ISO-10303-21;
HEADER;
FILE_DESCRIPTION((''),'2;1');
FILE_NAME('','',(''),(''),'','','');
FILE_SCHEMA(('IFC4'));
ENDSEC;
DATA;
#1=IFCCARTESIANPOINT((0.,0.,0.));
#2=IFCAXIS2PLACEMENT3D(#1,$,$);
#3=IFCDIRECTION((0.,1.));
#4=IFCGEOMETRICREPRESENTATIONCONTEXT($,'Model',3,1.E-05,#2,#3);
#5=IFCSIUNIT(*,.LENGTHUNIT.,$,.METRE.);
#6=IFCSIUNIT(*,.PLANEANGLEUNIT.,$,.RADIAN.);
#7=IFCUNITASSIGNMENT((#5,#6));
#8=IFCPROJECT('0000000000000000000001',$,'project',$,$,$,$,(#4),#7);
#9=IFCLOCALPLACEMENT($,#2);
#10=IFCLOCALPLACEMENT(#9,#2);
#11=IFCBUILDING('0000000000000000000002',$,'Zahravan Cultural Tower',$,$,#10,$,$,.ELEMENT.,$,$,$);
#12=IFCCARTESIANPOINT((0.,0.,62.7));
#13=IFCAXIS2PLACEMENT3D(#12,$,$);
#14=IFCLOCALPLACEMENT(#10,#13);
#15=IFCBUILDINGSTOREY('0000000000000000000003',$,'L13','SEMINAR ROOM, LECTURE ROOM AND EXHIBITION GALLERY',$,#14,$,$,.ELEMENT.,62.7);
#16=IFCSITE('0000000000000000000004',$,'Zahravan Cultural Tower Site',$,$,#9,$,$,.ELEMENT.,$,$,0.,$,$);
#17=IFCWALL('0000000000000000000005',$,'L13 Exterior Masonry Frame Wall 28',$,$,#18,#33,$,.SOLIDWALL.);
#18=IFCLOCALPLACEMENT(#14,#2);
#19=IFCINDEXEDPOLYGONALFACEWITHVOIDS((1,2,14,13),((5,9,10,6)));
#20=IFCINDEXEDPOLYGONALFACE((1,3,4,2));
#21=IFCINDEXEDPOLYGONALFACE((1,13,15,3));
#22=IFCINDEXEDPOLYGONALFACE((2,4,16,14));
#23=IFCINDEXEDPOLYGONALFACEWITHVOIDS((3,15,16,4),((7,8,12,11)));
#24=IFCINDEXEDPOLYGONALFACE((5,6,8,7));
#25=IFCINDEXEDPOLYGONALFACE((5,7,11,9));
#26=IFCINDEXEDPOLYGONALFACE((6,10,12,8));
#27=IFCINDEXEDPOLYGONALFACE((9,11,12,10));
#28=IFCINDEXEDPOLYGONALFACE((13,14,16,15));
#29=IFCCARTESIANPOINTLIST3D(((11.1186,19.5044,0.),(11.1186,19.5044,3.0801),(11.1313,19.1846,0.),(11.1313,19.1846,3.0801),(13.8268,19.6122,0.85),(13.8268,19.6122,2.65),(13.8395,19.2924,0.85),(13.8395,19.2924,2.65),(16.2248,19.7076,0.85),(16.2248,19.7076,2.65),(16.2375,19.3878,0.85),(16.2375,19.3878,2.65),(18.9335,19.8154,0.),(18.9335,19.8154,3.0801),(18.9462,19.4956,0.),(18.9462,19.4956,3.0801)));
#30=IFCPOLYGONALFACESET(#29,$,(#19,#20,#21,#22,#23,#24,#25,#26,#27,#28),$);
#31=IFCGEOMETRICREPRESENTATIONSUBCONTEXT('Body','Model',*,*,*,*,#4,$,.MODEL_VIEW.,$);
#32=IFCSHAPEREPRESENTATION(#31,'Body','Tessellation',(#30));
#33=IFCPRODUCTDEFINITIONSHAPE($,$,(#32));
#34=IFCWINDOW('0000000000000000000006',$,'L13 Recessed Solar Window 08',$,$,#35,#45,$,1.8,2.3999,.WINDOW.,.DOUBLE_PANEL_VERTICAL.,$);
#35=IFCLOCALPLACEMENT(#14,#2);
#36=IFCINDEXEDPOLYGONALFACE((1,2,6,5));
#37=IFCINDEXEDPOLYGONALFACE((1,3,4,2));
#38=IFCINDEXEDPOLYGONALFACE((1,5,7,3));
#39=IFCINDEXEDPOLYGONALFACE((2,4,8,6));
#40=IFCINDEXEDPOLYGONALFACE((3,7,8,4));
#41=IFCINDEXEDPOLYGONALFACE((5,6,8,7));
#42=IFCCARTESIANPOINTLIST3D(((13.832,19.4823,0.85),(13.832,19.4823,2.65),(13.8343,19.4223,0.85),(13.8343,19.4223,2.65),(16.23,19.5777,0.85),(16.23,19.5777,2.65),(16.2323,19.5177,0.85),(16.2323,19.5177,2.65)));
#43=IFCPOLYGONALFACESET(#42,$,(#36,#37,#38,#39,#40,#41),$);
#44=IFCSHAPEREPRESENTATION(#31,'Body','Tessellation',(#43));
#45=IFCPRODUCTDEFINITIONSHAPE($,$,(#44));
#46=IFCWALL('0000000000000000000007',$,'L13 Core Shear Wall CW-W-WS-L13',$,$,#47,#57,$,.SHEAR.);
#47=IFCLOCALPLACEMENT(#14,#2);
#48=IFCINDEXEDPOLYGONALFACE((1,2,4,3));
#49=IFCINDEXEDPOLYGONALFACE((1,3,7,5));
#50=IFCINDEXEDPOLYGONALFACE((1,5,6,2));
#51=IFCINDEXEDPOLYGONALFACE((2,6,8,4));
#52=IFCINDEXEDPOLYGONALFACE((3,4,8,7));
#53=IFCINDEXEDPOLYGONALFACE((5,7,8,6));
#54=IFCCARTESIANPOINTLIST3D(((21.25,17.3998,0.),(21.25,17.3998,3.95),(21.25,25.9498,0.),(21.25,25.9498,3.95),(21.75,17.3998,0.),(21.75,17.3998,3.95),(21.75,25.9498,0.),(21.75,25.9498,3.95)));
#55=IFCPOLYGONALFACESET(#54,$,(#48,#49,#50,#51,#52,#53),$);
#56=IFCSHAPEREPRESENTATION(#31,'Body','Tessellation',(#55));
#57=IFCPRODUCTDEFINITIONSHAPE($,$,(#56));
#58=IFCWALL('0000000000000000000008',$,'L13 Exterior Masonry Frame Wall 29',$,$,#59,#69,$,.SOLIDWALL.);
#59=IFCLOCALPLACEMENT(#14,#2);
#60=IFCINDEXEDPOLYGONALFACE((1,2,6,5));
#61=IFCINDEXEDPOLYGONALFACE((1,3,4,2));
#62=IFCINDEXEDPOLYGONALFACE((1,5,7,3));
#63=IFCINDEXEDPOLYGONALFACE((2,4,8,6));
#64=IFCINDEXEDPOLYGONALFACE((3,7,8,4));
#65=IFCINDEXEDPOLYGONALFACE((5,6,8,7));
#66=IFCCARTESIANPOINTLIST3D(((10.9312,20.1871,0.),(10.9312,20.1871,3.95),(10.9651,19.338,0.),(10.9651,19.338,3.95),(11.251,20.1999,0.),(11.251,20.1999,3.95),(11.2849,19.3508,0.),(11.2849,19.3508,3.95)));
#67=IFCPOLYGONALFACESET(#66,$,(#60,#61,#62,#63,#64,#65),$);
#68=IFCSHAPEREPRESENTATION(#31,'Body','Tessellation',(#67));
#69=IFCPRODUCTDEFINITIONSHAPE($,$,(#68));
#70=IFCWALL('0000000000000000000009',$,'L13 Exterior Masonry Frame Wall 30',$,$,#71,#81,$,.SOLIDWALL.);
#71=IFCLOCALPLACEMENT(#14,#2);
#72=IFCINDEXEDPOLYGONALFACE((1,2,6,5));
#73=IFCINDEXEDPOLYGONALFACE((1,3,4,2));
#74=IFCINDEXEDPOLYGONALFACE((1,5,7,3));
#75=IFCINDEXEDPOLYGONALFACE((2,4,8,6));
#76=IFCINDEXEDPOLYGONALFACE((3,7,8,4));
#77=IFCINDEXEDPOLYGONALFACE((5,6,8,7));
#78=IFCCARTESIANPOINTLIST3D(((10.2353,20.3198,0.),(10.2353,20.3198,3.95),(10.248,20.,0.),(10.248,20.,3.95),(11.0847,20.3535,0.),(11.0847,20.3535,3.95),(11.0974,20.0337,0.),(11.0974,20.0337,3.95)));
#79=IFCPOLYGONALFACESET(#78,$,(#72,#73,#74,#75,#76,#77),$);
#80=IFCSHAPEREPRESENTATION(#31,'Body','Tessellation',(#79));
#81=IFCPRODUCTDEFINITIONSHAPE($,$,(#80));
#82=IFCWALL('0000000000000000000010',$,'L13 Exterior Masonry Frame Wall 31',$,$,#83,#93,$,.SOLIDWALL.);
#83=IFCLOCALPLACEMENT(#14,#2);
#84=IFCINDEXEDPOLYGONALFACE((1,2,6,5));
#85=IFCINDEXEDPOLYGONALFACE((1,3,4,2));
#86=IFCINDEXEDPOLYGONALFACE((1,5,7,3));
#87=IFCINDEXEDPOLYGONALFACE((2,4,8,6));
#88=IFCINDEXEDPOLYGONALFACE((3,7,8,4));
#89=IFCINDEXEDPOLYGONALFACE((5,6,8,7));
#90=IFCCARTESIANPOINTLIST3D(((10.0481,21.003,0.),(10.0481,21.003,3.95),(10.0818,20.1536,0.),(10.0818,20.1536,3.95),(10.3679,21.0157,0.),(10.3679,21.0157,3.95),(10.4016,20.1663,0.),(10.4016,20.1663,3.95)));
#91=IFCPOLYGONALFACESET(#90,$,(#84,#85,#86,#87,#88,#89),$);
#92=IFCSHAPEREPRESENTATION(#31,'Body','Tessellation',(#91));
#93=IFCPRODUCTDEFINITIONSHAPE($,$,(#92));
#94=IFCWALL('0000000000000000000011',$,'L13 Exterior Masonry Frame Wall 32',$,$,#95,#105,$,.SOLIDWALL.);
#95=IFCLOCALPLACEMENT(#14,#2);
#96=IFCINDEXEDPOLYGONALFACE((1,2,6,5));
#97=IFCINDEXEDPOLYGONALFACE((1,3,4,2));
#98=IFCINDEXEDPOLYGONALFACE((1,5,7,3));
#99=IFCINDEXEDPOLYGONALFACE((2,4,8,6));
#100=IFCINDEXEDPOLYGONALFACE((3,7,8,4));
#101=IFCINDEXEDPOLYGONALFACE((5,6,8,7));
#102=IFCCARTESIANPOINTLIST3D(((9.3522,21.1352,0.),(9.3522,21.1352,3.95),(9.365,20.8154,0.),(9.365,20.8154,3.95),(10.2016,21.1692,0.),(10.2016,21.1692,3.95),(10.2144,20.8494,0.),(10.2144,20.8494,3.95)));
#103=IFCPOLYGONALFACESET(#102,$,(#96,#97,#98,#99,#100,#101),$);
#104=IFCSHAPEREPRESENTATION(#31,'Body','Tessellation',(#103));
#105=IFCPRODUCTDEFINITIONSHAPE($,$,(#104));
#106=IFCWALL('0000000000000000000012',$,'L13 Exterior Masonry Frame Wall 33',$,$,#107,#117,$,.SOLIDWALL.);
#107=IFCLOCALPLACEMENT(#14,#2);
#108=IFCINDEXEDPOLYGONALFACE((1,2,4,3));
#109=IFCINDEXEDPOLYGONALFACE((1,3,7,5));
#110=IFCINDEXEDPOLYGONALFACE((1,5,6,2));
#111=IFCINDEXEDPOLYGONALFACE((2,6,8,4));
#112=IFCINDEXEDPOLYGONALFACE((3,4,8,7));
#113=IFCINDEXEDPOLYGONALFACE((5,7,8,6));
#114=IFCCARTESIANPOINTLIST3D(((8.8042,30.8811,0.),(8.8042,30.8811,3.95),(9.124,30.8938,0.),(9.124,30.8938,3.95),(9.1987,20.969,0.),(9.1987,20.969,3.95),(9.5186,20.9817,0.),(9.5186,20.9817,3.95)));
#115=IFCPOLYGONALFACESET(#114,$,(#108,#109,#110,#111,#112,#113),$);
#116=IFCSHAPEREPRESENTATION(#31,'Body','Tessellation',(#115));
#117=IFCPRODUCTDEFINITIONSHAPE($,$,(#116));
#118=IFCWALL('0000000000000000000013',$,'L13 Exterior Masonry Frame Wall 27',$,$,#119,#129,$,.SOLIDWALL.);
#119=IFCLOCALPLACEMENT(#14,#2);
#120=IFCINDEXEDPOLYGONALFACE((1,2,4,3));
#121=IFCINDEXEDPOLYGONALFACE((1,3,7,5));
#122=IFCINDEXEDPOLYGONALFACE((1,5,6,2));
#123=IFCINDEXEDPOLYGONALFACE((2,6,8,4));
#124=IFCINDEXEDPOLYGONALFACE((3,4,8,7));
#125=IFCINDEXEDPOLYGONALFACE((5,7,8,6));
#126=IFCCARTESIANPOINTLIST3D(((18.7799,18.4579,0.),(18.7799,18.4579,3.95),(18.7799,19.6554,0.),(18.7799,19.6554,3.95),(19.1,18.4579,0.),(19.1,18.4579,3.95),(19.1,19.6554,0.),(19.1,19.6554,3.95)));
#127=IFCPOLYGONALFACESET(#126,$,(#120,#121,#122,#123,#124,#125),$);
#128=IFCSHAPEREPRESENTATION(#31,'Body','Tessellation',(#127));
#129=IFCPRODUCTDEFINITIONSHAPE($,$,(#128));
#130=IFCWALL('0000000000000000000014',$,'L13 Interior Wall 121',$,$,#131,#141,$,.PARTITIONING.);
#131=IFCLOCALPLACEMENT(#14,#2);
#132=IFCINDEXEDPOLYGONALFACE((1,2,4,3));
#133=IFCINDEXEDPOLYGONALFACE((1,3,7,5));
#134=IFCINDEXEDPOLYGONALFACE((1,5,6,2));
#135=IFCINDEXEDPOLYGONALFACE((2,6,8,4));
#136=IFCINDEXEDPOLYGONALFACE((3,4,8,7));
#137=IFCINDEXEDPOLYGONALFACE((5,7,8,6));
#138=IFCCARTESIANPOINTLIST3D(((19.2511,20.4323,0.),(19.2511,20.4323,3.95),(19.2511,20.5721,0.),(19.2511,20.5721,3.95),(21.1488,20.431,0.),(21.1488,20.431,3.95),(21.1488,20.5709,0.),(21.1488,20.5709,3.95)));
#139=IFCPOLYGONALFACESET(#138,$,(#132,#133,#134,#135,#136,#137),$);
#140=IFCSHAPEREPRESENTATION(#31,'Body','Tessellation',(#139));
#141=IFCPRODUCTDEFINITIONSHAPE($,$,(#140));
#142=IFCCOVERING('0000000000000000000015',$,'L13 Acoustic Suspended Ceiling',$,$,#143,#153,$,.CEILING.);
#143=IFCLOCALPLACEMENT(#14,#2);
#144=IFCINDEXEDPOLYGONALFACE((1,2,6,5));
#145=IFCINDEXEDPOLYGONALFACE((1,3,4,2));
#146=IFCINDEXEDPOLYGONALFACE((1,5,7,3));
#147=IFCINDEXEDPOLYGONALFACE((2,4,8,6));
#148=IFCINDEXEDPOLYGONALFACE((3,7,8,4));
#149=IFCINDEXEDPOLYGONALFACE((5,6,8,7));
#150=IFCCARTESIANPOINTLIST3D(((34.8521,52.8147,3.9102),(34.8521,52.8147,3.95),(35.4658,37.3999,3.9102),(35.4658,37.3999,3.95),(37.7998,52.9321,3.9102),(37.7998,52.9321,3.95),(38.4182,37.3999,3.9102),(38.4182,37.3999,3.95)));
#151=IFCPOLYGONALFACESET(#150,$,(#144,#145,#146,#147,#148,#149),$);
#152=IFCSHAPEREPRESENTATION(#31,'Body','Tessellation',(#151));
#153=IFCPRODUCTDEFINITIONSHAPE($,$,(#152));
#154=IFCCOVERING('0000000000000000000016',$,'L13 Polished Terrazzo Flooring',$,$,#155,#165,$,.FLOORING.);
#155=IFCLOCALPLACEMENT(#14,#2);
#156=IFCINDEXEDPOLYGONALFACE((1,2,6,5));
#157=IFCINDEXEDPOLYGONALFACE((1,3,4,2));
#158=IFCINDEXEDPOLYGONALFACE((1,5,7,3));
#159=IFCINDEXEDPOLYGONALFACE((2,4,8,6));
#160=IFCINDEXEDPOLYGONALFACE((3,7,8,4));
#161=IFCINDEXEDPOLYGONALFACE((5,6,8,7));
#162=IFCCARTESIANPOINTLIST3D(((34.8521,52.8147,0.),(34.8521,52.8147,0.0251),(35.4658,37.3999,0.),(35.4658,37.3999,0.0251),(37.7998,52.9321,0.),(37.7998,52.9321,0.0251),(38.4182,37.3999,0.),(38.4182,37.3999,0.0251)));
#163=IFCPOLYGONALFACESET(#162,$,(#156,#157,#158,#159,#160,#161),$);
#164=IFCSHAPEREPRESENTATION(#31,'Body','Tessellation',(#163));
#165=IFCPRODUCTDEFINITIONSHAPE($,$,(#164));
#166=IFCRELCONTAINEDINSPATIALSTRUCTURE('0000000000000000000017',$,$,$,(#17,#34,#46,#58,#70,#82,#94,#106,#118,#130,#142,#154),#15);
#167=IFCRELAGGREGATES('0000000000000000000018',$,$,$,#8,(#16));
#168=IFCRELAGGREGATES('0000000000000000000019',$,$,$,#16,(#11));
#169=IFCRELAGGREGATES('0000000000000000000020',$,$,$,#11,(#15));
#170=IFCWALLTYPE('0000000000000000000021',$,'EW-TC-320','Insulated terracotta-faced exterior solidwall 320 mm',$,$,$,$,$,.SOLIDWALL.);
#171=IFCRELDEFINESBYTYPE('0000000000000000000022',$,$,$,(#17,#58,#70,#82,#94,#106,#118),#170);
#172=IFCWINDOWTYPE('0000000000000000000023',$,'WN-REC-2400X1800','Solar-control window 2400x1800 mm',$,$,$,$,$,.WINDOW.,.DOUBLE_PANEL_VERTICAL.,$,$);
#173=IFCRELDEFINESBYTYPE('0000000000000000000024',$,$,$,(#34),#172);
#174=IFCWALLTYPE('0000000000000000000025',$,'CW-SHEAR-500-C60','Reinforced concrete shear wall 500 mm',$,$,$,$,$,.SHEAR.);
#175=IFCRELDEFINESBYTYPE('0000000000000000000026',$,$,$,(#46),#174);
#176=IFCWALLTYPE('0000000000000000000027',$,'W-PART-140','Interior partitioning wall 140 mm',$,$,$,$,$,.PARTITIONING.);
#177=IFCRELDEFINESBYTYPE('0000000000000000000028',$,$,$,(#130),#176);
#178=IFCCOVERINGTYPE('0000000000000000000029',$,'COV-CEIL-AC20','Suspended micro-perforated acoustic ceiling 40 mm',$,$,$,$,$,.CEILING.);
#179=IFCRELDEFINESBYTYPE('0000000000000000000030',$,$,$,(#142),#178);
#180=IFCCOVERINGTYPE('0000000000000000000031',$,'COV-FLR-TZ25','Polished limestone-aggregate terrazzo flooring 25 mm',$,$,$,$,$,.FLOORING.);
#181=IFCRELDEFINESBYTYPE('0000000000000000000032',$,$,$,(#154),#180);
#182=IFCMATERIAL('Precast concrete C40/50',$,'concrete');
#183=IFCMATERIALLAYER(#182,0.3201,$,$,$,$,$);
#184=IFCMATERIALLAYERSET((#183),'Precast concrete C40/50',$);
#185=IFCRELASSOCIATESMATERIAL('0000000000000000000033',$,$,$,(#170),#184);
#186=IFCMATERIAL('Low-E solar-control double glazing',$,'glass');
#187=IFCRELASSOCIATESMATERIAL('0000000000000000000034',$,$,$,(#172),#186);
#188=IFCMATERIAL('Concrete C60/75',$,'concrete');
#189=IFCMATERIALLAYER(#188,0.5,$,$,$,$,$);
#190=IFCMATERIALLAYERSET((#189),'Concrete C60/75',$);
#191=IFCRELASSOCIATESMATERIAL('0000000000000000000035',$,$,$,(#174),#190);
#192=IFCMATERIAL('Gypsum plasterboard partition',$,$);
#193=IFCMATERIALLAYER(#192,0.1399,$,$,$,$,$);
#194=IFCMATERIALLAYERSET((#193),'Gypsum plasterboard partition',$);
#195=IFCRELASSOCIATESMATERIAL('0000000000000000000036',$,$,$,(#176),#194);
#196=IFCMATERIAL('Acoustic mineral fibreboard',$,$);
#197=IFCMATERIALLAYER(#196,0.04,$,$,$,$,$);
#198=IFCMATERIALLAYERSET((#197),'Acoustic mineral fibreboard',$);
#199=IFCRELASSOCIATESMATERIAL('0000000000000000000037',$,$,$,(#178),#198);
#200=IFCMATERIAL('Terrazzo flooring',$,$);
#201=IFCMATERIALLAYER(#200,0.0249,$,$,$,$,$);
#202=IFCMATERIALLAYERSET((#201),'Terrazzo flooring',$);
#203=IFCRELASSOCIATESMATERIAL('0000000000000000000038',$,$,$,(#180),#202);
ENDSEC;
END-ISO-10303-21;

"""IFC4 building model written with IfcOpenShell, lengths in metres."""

from ifc_helpers import new_model, si_unit, direction, frame, frame_2d, origin, place, context, subcontext, project, spatial, polyline, rectangle, outline, extrude, source, transform, mapped, material, layer, layer_set, type_object, element, fill, save


model = new_model("IFC4")

# Units and contexts
model_context = context("Model", 3, precision=1e-05, world=origin(), true_north=direction((0.0, 1.0)))
body_context = subcontext(model_context, "Body", "Model", "MODEL_VIEW")
ifc_project = project(units=[si_unit("LENGTHUNIT", "METRE"), si_unit("PLANEANGLEUNIT", "RADIAN")], contexts=[model_context])

# Site, building, storey
site_placement = place(None, origin())
site = spatial("IfcSite", under=ifc_project, at=site_placement, Name="Zahravan Cultural Tower Site", CompositionType="ELEMENT", RefElevation=0.0)
building_placement = place(site_placement, origin())
building = spatial("IfcBuilding", under=site, at=building_placement, Name="Zahravan Cultural Tower", CompositionType="ELEMENT")
storey_placement = place(building_placement, frame((0.0, 0.0, 62.7)))
storey = spatial("IfcBuildingStorey", under=building, at=storey_placement, Name="L13", Description="SEMINAR ROOM, LECTURE ROOM AND EXHIBITION GALLERY", CompositionType="ELEMENT", Elevation=62.7)

# Shared definitions
ifc_material_1 = material(Name="Concrete C60/75", Category="concrete")

# Wall, opening, window
ifc_material_2 = material(Name="Precast concrete C40/50", Category="concrete")
ifc_layer_1 = layer(ifc_material_2, 0.3201)
ifc_layer_set_1 = layer_set([ifc_layer_1], Name="Precast concrete C40/50")
wall_type_1 = type_object("IfcWallType", Name="EW-TC-320", Description="Insulated terracotta-faced exterior solidwall 320 mm", PredefinedType="SOLIDWALL", material=ifc_layer_set_1)
wall_1_placement = place(storey_placement, frame((18.9399, 19.6555, 0.0), z_axis=(0.0, 0.0, 1.0), x_axis=(-0.999209, -0.039769, 0.0)))
wall_1 = element("IfcWall", 1, at=wall_1_placement, inside=storey, type_object=wall_type_1, Name="L13 Exterior Masonry Frame Wall 28", PredefinedType="SOLIDWALL", context=body_context, shape_type="SweptSolid", body=[
    extrude(rectangle(XDim=7.821, YDim=0.3201, at=frame_2d((3.9106, 0.0))), origin(), (0.0, 0.0, 1.0), 3.0801),
])
opening_placement = place(wall_1_placement, frame((2.7109, 0.0, 0.8501)))
opening = element("IfcOpeningElement", 2, at=opening_placement, cuts=wall_1, PredefinedType="OPENING", context=body_context, shape_type="SweptSolid", body=[
    extrude(rectangle(XDim=2.3999, YDim=1.8, at=frame_2d((1.2, 0.8999))), frame((0.0, 0.1699, 0.0), z_axis=(0.0, -1.0, 0.0), x_axis=(1.0, 0.0, 0.0)), (0.0, 0.0, 1.0), 0.3401),
])
ifc_material_3 = material(Name="Low-E solar-control double glazing", Category="glass")
window_type = type_object("IfcWindowType", Name="WN-REC-2400X1800", Description="Solar-control window 2400x1800 mm", PartitioningType="DOUBLE_PANEL_VERTICAL", PredefinedType="WINDOW", material=ifc_material_3)
shared_shape_1 = source(origin(), body_context, "Body", "SweptSolid", [
    extrude(rectangle(XDim=2.3999, YDim=1.8, at=frame_2d((1.2, 0.8999))), frame((0.0, 0.03, 0.0), z_axis=(0.0, -1.0, 0.0), x_axis=(1.0, 0.0, 0.0)), (0.0, 0.0, 1.0), 0.0601),
])
window_placement = place(opening_placement, origin())
window = element("IfcWindow", 3, at=window_placement, inside=storey, type_object=window_type, Name="L13 Recessed Solar Window 08", OverallHeight=1.8, OverallWidth=2.3999, PartitioningType="DOUBLE_PANEL_VERTICAL", PredefinedType="WINDOW", context=body_context, shape_type="MappedRepresentation", body=[
    mapped(shared_shape_1, transform((0.0, 0.0, 0.0), x_axis=(1.0, 0.0, 0.0), y_axis=(0.0, 1.0, 0.0), z_axis=(0.0, 0.0, 1.0), scale=1.0)),
])
fill(opening, window)

# Walls
ifc_layer_2 = layer(ifc_material_1, 0.5)
ifc_layer_set_2 = layer_set([ifc_layer_2], Name="Concrete C60/75")
wall_type_2 = type_object("IfcWallType", Name="CW-SHEAR-500-C60", Description="Reinforced concrete shear wall 500 mm", PredefinedType="SHEAR", material=ifc_layer_set_2)
shared_shape_2 = source(origin(), body_context, "Body", "SweptSolid", [
    extrude(rectangle(XDim=8.55, YDim=0.5, at=frame_2d((4.2749, 0.0))), origin(), (0.0, 0.0, 1.0), 3.95),
])
wall_2_placement = place(storey_placement, frame((21.5, 17.3999, 0.0), z_axis=(0.0, 0.0, 1.0), x_axis=(0.0, 1.0, 0.0)))
element("IfcWall", 4, at=wall_2_placement, inside=storey, type_object=wall_type_2, Name="L13 Core Shear Wall CW-W-WS-L13", PredefinedType="SHEAR", context=body_context, shape_type="MappedRepresentation", body=[
    mapped(shared_shape_2, transform((0.0, 0.0, 0.0), x_axis=(1.0, 0.0, 0.0), y_axis=(0.0, 1.0, 0.0), z_axis=(0.0, 0.0, 1.0), scale=1.0)),
])
shared_shape_3 = source(origin(), body_context, "Body", "SweptSolid", [
    extrude(rectangle(XDim=0.8499, YDim=0.3201, at=frame_2d((0.4248, 0.0))), origin(), (0.0, 0.0, 1.0), 3.95),
])
wall_3_placement = place(storey_placement, frame((11.125, 19.3445, 0.0), z_axis=(0.0, 0.0, 1.0), x_axis=(-0.039934, 0.999202, 0.0)))
element("IfcWall", 5, at=wall_3_placement, inside=storey, type_object=wall_type_1, Name="L13 Exterior Masonry Frame Wall 29", PredefinedType="SOLIDWALL", context=body_context, shape_type="MappedRepresentation", body=[
    mapped(shared_shape_3, transform((0.0, 0.0, 0.0), x_axis=(1.0, 0.0, 0.0), y_axis=(0.0, 1.0, 0.0), z_axis=(0.0, 0.0, 1.0), scale=1.0)),
])
shared_shape_4 = source(origin(), body_context, "Body", "SweptSolid", [
    extrude(rectangle(XDim=0.8501, YDim=0.3201, at=frame_2d((0.425, 0.0))), origin(), (0.0, 0.0, 1.0), 3.95),
])
for number, where, z_axis, x_axis, name in (
    (6, (11.0911, 20.1936, 0.0), (0.0, 0.0, 1.0), (-0.999214, -0.039635, 0.0), "L13 Exterior Masonry Frame Wall 30"),
    (7, (10.2417, 20.1599, 0.0), (0.0, 0.0, 1.0), (-0.039635, 0.999214, 0.0), "L13 Exterior Masonry Frame Wall 31"),
    (8, (10.208, 21.0093, 0.0), (0.0, 0.0, 1.0), (-0.999203, -0.039922, 0.0), "L13 Exterior Masonry Frame Wall 32"),
):
    element("IfcWall", number, at=place(storey_placement, frame(where, z_axis=z_axis, x_axis=x_axis)), inside=storey, type_object=wall_type_1, Name=name, PredefinedType="SOLIDWALL", context=body_context, shape_type="MappedRepresentation", body=[
        mapped(shared_shape_4, transform((0.0, 0.0, 0.0), x_axis=(1.0, 0.0, 0.0), y_axis=(0.0, 1.0, 0.0), z_axis=(0.0, 0.0, 1.0), scale=1.0)),
    ])
shared_shape_5 = source(origin(), body_context, "Body", "SweptSolid", [
    extrude(rectangle(XDim=9.9199, YDim=0.3201, at=frame_2d((4.96, 0.0))), origin(), (0.0, 0.0, 1.0), 3.95),
])
wall_4_placement = place(storey_placement, frame((9.3586, 20.9753, 0.0), z_axis=(0.0, 0.0, 1.0), x_axis=(-0.039771, 0.999209, 0.0)))
element("IfcWall", 9, at=wall_4_placement, inside=storey, type_object=wall_type_1, Name="L13 Exterior Masonry Frame Wall 33", PredefinedType="SOLIDWALL", context=body_context, shape_type="MappedRepresentation", body=[
    mapped(shared_shape_5, transform((0.0, 0.0, 0.0), x_axis=(1.0, 0.0, 0.0), y_axis=(0.0, 1.0, 0.0), z_axis=(0.0, 0.0, 1.0), scale=1.0)),
])
shared_shape_6 = source(origin(), body_context, "Body", "SweptSolid", [
    extrude(rectangle(XDim=1.1975, YDim=0.3201, at=frame_2d((0.5986, 0.0))), origin(), (0.0, 0.0, 1.0), 3.95),
])
wall_5_placement = place(storey_placement, frame((18.9399, 18.458, 0.0), z_axis=(0.0, 0.0, 1.0), x_axis=(0.0, 1.0, 0.0)))
element("IfcWall", 10, at=wall_5_placement, inside=storey, type_object=wall_type_1, Name="L13 Exterior Masonry Frame Wall 27", PredefinedType="SOLIDWALL", context=body_context, shape_type="MappedRepresentation", body=[
    mapped(shared_shape_6, transform((0.0, 0.0, 0.0), x_axis=(1.0, 0.0, 0.0), y_axis=(0.0, 1.0, 0.0), z_axis=(0.0, 0.0, 1.0), scale=1.0)),
])
ifc_material_4 = material(Name="Gypsum plasterboard partition")
ifc_layer_3 = layer(ifc_material_4, 0.1399)
ifc_layer_set_3 = layer_set([ifc_layer_3], Name="Gypsum plasterboard partition")
wall_type_3 = type_object("IfcWallType", Name="W-PART-140", Description="Interior partitioning wall 140 mm", PredefinedType="PARTITIONING", material=ifc_layer_set_3)
shared_shape_7 = source(origin(), body_context, "Body", "SweptSolid", [
    extrude(rectangle(XDim=1.8977, YDim=0.1399, at=frame_2d((0.9487, 0.0))), origin(), (0.0, 0.0, 1.0), 3.95),
])
wall_6_placement = place(storey_placement, frame((19.2512, 20.5022, 0.0), z_axis=(0.0, 0.0, 1.0), x_axis=(1.0, -0.000643, 0.0)))
element("IfcWall", 11, at=wall_6_placement, inside=storey, type_object=wall_type_3, Name="L13 Interior Wall 121", PredefinedType="PARTITIONING", context=body_context, shape_type="MappedRepresentation", body=[
    mapped(shared_shape_7, transform((0.0, 0.0, 0.0), x_axis=(1.0, 0.0, 0.0), y_axis=(0.0, 1.0, 0.0), z_axis=(0.0, 0.0, 1.0), scale=1.0)),
])

# Coverings
ifc_material_5 = material(Name="Acoustic mineral fibreboard")
ifc_layer_4 = layer(ifc_material_5, 0.04)
ifc_layer_set_4 = layer_set([ifc_layer_4], Name="Acoustic mineral fibreboard")
covering_type_1 = type_object("IfcCoveringType", Name="COV-CEIL-AC20", Description="Suspended micro-perforated acoustic ceiling 40 mm", PredefinedType="CEILING", material=ifc_layer_set_4)
covering_1_placement = place(storey_placement, frame((0.0, 0.0, 3.9102)))
element("IfcCovering", 12, at=covering_1_placement, inside=storey, type_object=covering_type_1, Name="L13 Acoustic Suspended Ceiling", PredefinedType="CEILING", context=body_context, shape_type="SweptSolid", body=[
    extrude(outline(polyline([(34.8521, 52.8147), (35.4658, 37.3999), (38.4182, 37.3999), (37.7998, 52.9321), (34.8521, 52.8147)])), origin(), (0.0, 0.0, 1.0), 0.0398),
])
ifc_material_6 = material(Name="Terrazzo flooring")
ifc_layer_5 = layer(ifc_material_6, 0.0249)
ifc_layer_set_5 = layer_set([ifc_layer_5], Name="Terrazzo flooring")
covering_type_2 = type_object("IfcCoveringType", Name="COV-FLR-TZ25", Description="Polished limestone-aggregate terrazzo flooring 25 mm", PredefinedType="FLOORING", material=ifc_layer_set_5)
covering_2_placement = place(storey_placement, origin())
element("IfcCovering", 13, at=covering_2_placement, inside=storey, type_object=covering_type_2, Name="L13 Polished Terrazzo Flooring", PredefinedType="FLOORING", context=body_context, shape_type="SweptSolid", body=[
    extrude(outline(polyline([(34.8521, 52.8147), (35.4658, 37.3999), (38.4182, 37.3999), (37.7998, 52.9321), (34.8521, 52.8147)])), origin(), (0.0, 0.0, 1.0), 0.0251),
])

save(model, "model.ifc")
